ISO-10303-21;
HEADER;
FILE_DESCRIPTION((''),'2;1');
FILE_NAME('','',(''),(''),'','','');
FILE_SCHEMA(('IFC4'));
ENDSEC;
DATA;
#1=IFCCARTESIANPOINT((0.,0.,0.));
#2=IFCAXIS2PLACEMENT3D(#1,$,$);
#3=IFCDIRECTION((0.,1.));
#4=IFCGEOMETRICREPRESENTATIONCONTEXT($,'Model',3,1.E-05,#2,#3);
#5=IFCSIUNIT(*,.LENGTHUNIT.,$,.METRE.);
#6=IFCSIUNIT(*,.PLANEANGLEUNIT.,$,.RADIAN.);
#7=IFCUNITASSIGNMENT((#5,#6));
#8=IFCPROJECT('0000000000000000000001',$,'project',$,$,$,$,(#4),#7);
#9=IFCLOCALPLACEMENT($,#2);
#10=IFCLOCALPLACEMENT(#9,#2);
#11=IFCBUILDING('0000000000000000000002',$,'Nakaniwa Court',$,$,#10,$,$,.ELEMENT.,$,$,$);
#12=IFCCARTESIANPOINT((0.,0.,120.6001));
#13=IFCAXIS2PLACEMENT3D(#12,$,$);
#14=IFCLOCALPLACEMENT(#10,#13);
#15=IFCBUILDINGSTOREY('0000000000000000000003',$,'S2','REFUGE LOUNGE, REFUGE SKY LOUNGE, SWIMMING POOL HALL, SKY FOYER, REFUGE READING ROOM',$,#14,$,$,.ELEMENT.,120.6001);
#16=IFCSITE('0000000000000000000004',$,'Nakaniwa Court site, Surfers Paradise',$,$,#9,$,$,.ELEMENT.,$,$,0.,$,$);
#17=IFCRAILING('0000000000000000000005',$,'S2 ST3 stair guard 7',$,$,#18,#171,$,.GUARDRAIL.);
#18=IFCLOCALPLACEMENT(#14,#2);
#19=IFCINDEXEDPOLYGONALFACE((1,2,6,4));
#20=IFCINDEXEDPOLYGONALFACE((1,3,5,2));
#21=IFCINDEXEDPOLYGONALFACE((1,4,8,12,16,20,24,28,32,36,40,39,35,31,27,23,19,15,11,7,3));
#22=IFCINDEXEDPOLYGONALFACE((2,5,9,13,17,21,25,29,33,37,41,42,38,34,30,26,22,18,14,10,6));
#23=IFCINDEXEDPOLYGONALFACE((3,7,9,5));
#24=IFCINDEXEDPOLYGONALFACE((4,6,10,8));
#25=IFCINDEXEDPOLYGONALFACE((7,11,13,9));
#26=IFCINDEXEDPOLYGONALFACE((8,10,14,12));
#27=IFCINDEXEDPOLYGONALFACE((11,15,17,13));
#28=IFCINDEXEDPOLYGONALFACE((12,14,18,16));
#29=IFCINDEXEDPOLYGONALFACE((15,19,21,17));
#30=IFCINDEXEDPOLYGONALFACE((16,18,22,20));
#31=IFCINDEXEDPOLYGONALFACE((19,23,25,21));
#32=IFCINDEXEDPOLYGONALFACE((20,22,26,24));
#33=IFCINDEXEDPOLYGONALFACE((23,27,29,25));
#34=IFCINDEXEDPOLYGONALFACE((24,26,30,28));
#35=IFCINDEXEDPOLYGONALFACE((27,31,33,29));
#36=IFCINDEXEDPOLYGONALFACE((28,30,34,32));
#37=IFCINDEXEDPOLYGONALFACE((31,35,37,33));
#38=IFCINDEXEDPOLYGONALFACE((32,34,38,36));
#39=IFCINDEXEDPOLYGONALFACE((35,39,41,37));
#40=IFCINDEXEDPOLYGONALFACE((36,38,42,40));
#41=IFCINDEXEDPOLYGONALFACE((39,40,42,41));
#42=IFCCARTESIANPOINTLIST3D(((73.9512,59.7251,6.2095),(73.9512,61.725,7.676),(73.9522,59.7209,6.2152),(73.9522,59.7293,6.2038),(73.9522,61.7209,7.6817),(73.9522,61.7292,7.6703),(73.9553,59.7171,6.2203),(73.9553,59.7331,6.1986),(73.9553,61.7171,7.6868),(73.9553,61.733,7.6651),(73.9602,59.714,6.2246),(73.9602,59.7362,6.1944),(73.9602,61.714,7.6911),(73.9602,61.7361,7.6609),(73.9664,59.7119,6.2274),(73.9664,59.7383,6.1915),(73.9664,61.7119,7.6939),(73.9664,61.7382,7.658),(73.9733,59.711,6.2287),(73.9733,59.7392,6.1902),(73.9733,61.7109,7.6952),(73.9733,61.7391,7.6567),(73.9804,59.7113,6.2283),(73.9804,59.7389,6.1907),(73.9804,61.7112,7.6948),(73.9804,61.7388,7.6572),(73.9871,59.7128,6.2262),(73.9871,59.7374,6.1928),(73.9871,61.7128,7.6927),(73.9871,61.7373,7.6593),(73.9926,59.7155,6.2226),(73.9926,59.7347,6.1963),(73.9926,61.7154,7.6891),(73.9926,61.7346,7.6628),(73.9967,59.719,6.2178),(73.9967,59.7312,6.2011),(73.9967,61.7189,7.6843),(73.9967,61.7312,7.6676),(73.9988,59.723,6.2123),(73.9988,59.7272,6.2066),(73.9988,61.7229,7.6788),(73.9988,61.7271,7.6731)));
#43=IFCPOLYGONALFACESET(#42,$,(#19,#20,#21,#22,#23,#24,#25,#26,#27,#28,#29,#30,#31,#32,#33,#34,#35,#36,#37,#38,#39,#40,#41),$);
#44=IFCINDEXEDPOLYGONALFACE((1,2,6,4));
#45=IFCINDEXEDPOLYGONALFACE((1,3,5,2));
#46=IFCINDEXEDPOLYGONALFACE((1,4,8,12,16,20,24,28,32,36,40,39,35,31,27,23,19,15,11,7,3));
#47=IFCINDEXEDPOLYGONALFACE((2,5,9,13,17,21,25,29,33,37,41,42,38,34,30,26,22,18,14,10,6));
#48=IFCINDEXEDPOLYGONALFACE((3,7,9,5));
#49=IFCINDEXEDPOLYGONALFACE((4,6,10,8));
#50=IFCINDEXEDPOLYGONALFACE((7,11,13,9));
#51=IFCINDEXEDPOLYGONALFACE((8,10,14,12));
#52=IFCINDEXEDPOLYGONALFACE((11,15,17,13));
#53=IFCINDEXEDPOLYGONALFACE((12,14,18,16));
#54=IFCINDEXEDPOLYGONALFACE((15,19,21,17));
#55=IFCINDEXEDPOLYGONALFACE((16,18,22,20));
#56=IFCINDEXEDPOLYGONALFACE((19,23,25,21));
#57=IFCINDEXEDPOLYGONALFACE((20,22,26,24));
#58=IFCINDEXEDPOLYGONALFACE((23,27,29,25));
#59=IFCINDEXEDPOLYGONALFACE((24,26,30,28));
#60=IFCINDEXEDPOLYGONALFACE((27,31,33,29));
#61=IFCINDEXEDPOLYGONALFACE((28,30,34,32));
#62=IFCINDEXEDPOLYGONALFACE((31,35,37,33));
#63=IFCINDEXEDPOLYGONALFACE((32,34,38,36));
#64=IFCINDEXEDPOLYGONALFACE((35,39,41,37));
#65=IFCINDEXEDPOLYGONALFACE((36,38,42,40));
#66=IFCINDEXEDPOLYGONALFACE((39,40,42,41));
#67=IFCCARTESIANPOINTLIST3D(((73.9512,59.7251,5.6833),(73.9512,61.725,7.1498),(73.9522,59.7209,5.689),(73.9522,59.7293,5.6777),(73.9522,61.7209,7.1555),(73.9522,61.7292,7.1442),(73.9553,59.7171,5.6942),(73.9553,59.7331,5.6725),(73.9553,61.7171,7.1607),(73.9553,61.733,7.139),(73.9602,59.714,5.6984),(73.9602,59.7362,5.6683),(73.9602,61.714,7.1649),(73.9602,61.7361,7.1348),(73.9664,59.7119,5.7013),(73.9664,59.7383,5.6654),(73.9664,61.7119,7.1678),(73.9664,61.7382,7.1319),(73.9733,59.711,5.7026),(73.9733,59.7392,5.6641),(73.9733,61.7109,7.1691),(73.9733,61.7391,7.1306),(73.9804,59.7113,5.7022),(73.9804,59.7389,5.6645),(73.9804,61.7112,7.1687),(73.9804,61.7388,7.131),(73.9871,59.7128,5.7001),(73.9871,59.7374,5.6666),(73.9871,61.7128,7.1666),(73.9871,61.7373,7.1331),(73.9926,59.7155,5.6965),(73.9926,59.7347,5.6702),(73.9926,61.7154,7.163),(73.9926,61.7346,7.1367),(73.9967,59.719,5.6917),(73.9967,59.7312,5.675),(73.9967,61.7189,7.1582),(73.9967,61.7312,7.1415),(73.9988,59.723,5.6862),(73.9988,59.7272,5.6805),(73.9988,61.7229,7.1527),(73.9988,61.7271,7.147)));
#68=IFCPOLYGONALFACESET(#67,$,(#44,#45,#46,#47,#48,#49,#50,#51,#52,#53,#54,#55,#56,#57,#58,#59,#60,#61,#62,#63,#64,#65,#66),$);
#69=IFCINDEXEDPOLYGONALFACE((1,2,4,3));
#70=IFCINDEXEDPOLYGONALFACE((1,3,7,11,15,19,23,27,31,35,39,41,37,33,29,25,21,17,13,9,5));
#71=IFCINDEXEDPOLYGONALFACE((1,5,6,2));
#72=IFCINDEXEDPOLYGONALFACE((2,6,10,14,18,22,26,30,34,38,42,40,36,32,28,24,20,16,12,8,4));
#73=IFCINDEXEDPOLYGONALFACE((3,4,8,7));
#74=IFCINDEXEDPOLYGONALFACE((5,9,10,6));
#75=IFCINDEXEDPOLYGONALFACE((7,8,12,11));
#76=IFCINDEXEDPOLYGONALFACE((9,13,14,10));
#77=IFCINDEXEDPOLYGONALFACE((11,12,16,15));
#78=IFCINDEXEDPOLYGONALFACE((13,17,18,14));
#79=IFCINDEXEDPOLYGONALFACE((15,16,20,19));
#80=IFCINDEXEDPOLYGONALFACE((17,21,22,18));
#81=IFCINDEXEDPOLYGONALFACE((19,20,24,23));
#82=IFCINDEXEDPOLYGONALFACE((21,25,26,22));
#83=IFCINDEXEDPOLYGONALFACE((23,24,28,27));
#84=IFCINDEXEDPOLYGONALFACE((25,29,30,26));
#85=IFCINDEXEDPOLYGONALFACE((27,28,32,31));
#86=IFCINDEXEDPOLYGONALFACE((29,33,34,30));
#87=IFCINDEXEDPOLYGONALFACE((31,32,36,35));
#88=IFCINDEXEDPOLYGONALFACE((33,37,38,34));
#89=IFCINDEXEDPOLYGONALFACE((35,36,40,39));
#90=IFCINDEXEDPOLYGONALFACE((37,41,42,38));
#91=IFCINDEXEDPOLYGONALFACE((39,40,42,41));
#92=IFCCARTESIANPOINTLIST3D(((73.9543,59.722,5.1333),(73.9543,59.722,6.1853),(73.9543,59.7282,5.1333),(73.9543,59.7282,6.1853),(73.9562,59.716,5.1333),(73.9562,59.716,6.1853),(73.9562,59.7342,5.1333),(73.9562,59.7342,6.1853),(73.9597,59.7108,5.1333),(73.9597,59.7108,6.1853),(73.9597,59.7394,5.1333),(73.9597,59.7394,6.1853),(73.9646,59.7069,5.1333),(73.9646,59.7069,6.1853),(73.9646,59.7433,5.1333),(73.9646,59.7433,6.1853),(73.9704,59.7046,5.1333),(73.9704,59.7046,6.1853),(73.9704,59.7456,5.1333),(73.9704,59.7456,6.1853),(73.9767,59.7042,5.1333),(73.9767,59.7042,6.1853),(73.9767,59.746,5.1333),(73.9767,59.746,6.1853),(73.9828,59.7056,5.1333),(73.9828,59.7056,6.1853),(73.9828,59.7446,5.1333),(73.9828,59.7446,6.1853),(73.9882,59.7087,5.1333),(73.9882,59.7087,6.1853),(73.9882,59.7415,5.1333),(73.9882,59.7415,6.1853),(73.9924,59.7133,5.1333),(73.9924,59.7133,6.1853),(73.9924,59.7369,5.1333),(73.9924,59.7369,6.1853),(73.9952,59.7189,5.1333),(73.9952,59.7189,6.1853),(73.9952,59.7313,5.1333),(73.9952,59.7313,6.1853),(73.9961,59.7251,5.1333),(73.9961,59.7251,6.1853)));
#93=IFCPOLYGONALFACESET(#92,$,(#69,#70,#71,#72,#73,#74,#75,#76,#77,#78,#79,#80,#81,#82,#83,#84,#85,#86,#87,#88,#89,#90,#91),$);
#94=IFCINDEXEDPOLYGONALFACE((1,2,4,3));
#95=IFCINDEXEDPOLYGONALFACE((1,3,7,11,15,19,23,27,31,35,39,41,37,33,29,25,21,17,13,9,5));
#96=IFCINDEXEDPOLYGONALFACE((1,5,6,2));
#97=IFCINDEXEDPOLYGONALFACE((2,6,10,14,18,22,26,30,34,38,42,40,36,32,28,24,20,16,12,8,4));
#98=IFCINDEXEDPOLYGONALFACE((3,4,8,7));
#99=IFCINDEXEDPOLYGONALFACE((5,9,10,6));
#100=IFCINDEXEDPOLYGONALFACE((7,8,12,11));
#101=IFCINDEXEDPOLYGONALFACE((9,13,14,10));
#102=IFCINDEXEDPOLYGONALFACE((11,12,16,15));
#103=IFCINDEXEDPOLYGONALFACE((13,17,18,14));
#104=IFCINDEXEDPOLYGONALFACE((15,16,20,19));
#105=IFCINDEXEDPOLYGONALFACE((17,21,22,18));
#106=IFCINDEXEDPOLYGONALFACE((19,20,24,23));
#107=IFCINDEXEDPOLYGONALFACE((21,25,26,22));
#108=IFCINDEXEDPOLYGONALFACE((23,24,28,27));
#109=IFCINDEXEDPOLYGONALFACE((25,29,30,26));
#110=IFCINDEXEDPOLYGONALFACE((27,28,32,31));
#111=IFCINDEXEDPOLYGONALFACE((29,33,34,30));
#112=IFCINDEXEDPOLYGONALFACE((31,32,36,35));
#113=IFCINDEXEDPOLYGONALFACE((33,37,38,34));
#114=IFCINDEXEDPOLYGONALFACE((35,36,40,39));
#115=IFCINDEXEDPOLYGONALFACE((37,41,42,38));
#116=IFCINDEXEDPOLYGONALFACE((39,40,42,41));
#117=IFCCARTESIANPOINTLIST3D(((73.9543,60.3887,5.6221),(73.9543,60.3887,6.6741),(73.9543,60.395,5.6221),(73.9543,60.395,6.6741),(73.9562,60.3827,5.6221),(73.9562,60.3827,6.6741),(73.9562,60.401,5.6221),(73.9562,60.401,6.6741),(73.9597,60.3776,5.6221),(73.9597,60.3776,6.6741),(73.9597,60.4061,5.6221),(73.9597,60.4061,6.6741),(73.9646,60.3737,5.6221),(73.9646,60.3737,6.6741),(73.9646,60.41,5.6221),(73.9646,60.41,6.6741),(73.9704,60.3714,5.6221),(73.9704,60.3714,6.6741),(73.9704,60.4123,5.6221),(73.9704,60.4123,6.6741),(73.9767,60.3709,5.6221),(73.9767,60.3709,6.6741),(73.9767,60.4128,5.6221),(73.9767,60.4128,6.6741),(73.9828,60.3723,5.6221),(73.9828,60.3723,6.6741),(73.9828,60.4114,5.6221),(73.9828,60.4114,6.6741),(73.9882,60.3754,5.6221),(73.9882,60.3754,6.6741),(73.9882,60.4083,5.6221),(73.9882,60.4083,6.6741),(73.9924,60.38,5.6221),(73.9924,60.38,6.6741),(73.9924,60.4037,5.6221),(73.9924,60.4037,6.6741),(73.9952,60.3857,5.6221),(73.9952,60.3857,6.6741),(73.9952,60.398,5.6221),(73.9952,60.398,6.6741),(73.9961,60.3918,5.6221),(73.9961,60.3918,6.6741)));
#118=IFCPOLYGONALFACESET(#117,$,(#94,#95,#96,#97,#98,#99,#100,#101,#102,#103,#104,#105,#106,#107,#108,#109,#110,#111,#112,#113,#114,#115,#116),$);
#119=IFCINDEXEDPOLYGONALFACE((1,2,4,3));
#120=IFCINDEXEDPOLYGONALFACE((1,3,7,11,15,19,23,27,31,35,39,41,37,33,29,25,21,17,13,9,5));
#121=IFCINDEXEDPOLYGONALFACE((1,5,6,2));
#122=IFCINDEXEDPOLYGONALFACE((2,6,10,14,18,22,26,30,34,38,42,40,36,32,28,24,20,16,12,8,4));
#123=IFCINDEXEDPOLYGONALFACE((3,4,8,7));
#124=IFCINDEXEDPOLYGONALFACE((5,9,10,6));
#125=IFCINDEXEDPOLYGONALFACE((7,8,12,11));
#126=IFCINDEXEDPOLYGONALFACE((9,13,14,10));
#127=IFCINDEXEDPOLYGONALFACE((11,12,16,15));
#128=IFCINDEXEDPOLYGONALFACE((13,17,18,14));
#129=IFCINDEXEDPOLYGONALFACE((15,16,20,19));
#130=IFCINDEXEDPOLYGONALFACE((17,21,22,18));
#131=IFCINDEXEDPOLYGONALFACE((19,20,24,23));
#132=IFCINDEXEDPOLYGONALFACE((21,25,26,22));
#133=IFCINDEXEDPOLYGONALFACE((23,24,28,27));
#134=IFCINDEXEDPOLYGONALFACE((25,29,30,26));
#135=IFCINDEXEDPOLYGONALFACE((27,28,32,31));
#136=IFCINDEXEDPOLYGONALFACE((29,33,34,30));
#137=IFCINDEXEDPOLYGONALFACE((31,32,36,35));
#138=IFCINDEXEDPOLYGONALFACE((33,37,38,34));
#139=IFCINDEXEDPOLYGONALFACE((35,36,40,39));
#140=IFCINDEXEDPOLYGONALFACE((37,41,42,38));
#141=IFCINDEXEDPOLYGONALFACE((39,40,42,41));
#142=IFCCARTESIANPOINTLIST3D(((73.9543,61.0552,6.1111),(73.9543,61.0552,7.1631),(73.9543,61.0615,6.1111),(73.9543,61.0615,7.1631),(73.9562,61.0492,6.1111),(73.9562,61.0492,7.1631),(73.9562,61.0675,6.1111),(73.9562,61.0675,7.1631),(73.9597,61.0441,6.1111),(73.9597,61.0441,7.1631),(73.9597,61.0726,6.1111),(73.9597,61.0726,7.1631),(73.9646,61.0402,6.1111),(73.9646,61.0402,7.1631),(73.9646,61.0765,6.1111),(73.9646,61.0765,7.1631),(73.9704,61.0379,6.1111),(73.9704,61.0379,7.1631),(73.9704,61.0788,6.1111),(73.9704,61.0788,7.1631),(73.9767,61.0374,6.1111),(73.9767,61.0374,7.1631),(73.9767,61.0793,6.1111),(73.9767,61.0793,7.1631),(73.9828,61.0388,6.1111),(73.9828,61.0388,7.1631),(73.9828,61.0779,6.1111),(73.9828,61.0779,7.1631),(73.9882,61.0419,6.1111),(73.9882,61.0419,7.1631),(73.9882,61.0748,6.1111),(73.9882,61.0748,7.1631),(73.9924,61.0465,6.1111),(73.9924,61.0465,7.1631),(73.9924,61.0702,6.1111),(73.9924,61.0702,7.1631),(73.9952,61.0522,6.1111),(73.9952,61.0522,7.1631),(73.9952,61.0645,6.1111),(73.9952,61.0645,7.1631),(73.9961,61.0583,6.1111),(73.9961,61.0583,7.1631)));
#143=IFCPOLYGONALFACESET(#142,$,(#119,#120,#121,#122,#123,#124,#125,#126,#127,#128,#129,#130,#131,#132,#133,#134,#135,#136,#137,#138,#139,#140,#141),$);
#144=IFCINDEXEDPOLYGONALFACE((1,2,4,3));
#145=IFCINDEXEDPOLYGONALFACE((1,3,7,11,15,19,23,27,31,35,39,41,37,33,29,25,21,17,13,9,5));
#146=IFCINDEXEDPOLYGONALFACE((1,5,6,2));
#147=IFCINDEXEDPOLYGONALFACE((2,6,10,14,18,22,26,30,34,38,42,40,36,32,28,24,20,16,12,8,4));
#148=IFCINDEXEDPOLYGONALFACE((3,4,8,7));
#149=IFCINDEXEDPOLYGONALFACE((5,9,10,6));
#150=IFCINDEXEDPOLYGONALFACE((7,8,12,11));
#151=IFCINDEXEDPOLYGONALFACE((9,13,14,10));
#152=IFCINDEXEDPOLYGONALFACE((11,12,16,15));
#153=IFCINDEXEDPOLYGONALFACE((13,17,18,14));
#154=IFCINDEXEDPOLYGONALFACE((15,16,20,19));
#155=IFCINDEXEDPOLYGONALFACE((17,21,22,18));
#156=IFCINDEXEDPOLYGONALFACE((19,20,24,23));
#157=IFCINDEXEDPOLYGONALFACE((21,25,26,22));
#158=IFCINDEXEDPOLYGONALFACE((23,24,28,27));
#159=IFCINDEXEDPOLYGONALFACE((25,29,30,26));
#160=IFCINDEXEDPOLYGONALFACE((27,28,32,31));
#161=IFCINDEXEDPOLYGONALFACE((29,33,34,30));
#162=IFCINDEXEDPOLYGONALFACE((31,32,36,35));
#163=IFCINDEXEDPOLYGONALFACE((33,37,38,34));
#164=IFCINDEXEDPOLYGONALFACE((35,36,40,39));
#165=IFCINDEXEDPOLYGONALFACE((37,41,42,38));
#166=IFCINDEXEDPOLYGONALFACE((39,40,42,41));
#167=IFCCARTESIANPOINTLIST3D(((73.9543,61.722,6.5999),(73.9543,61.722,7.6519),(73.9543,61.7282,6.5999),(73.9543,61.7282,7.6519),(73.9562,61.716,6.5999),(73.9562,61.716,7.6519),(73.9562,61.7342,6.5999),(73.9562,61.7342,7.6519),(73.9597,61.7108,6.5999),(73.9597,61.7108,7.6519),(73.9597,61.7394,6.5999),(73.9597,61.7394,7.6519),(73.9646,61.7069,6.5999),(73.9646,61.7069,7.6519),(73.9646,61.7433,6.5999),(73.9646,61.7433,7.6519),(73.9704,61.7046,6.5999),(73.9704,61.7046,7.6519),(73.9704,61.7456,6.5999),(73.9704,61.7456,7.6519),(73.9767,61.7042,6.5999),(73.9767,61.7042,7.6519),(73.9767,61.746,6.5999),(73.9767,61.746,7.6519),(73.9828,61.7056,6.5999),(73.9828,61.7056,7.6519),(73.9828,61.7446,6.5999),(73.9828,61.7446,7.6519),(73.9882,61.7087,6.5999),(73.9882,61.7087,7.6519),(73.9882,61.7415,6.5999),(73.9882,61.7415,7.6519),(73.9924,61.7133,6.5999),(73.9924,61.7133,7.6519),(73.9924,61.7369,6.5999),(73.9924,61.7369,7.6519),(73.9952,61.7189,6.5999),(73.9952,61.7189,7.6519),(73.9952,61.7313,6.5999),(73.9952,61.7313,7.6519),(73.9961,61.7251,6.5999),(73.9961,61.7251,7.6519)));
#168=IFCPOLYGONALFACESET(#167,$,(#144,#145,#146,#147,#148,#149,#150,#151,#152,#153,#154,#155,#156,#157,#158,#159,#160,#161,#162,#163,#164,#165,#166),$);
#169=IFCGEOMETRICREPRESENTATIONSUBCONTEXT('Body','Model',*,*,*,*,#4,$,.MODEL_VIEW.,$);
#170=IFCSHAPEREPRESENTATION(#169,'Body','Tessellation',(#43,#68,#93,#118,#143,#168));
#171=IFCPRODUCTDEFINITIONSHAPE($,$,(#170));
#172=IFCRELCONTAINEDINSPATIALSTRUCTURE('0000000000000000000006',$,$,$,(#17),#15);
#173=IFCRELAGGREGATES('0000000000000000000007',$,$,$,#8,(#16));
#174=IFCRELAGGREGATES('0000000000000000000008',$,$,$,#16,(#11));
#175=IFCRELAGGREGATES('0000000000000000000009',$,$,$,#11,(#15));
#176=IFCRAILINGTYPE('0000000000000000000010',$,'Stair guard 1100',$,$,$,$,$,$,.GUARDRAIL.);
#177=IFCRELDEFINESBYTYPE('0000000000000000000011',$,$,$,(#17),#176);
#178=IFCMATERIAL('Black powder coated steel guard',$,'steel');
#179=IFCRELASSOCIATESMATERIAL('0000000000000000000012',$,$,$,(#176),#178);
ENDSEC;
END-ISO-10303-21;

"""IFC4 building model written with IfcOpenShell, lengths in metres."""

from ifc_helpers import new_model, si_unit, direction, frame, origin, origin_2d, place, context, subcontext, project, spatial, circle, extrude, material, type_object, element, save


model = new_model("IFC4")

# Units and contexts
model_context = context("Model", 3, precision=1e-05, world=origin(), true_north=direction((0.0, 1.0)))
body_context = subcontext(model_context, "Body", "Model", "MODEL_VIEW")
ifc_project = project(units=[si_unit("LENGTHUNIT", "METRE"), si_unit("PLANEANGLEUNIT", "RADIAN")], contexts=[model_context])

# Site, building, storey
site_placement = place(None, origin())
site = spatial("IfcSite", under=ifc_project, at=site_placement, Name="Nakaniwa Court site, Surfers Paradise", CompositionType="ELEMENT", RefElevation=0.0)
building_placement = place(site_placement, origin())
building = spatial("IfcBuilding", under=site, at=building_placement, Name="Nakaniwa Court", CompositionType="ELEMENT")
storey_placement = place(building_placement, frame((0.0, 0.0, 120.6001)))
storey = spatial("IfcBuildingStorey", under=building, at=storey_placement, Name="S2", Description="REFUGE LOUNGE, REFUGE SKY LOUNGE, SWIMMING POOL HALL, SKY FOYER, REFUGE READING ROOM", CompositionType="ELEMENT", Elevation=120.6001)

# Railing
ifc_material_1 = material(Name="Black powder coated steel guard", Category="steel")
railing_type_1 = type_object("IfcRailingType", Name="Stair guard 1100", PredefinedType="GUARDRAIL", material=ifc_material_1)
railing_1_placement = place(storey_placement, frame((73.9751, 59.7251, 5.1333)))
element("IfcRailing", 1, at=railing_1_placement, inside=storey, type_object=railing_type_1, Name="S2 ST3 stair guard 7", PredefinedType="GUARDRAIL", context=body_context, shape_type="SweptSolid", body=[
    extrude(circle(Radius=0.0239, at=origin_2d()), frame((0.0, 0.0, 1.0762), z_axis=(0.0, 0.806427, 0.591334), x_axis=(-1.0, 0.0, 0.0)), (0.0, 0.0, 1.0), 2.48),
    extrude(circle(Radius=0.0239, at=origin_2d()), frame((0.0, 0.0, 0.55), z_axis=(0.0, 0.806427, 0.591334), x_axis=(-1.0, 0.0, 0.0)), (0.0, 0.0, 1.0), 2.48),
    extrude(circle(Radius=0.021, at=origin_2d()), origin(), (0.0, 0.0, 1.0), 1.052),
    extrude(circle(Radius=0.021, at=origin_2d()), frame((0.0, 0.6667, 0.4888)), (0.0, 0.0, 1.0), 1.052),
    extrude(circle(Radius=0.021, at=origin_2d()), frame((0.0, 1.3333, 0.9778)), (0.0, 0.0, 1.0), 1.052),
    extrude(circle(Radius=0.021, at=origin_2d()), frame((0.0, 2.0, 1.4666)), (0.0, 0.0, 1.0), 1.052),
])

save(model, "model.ifc")
